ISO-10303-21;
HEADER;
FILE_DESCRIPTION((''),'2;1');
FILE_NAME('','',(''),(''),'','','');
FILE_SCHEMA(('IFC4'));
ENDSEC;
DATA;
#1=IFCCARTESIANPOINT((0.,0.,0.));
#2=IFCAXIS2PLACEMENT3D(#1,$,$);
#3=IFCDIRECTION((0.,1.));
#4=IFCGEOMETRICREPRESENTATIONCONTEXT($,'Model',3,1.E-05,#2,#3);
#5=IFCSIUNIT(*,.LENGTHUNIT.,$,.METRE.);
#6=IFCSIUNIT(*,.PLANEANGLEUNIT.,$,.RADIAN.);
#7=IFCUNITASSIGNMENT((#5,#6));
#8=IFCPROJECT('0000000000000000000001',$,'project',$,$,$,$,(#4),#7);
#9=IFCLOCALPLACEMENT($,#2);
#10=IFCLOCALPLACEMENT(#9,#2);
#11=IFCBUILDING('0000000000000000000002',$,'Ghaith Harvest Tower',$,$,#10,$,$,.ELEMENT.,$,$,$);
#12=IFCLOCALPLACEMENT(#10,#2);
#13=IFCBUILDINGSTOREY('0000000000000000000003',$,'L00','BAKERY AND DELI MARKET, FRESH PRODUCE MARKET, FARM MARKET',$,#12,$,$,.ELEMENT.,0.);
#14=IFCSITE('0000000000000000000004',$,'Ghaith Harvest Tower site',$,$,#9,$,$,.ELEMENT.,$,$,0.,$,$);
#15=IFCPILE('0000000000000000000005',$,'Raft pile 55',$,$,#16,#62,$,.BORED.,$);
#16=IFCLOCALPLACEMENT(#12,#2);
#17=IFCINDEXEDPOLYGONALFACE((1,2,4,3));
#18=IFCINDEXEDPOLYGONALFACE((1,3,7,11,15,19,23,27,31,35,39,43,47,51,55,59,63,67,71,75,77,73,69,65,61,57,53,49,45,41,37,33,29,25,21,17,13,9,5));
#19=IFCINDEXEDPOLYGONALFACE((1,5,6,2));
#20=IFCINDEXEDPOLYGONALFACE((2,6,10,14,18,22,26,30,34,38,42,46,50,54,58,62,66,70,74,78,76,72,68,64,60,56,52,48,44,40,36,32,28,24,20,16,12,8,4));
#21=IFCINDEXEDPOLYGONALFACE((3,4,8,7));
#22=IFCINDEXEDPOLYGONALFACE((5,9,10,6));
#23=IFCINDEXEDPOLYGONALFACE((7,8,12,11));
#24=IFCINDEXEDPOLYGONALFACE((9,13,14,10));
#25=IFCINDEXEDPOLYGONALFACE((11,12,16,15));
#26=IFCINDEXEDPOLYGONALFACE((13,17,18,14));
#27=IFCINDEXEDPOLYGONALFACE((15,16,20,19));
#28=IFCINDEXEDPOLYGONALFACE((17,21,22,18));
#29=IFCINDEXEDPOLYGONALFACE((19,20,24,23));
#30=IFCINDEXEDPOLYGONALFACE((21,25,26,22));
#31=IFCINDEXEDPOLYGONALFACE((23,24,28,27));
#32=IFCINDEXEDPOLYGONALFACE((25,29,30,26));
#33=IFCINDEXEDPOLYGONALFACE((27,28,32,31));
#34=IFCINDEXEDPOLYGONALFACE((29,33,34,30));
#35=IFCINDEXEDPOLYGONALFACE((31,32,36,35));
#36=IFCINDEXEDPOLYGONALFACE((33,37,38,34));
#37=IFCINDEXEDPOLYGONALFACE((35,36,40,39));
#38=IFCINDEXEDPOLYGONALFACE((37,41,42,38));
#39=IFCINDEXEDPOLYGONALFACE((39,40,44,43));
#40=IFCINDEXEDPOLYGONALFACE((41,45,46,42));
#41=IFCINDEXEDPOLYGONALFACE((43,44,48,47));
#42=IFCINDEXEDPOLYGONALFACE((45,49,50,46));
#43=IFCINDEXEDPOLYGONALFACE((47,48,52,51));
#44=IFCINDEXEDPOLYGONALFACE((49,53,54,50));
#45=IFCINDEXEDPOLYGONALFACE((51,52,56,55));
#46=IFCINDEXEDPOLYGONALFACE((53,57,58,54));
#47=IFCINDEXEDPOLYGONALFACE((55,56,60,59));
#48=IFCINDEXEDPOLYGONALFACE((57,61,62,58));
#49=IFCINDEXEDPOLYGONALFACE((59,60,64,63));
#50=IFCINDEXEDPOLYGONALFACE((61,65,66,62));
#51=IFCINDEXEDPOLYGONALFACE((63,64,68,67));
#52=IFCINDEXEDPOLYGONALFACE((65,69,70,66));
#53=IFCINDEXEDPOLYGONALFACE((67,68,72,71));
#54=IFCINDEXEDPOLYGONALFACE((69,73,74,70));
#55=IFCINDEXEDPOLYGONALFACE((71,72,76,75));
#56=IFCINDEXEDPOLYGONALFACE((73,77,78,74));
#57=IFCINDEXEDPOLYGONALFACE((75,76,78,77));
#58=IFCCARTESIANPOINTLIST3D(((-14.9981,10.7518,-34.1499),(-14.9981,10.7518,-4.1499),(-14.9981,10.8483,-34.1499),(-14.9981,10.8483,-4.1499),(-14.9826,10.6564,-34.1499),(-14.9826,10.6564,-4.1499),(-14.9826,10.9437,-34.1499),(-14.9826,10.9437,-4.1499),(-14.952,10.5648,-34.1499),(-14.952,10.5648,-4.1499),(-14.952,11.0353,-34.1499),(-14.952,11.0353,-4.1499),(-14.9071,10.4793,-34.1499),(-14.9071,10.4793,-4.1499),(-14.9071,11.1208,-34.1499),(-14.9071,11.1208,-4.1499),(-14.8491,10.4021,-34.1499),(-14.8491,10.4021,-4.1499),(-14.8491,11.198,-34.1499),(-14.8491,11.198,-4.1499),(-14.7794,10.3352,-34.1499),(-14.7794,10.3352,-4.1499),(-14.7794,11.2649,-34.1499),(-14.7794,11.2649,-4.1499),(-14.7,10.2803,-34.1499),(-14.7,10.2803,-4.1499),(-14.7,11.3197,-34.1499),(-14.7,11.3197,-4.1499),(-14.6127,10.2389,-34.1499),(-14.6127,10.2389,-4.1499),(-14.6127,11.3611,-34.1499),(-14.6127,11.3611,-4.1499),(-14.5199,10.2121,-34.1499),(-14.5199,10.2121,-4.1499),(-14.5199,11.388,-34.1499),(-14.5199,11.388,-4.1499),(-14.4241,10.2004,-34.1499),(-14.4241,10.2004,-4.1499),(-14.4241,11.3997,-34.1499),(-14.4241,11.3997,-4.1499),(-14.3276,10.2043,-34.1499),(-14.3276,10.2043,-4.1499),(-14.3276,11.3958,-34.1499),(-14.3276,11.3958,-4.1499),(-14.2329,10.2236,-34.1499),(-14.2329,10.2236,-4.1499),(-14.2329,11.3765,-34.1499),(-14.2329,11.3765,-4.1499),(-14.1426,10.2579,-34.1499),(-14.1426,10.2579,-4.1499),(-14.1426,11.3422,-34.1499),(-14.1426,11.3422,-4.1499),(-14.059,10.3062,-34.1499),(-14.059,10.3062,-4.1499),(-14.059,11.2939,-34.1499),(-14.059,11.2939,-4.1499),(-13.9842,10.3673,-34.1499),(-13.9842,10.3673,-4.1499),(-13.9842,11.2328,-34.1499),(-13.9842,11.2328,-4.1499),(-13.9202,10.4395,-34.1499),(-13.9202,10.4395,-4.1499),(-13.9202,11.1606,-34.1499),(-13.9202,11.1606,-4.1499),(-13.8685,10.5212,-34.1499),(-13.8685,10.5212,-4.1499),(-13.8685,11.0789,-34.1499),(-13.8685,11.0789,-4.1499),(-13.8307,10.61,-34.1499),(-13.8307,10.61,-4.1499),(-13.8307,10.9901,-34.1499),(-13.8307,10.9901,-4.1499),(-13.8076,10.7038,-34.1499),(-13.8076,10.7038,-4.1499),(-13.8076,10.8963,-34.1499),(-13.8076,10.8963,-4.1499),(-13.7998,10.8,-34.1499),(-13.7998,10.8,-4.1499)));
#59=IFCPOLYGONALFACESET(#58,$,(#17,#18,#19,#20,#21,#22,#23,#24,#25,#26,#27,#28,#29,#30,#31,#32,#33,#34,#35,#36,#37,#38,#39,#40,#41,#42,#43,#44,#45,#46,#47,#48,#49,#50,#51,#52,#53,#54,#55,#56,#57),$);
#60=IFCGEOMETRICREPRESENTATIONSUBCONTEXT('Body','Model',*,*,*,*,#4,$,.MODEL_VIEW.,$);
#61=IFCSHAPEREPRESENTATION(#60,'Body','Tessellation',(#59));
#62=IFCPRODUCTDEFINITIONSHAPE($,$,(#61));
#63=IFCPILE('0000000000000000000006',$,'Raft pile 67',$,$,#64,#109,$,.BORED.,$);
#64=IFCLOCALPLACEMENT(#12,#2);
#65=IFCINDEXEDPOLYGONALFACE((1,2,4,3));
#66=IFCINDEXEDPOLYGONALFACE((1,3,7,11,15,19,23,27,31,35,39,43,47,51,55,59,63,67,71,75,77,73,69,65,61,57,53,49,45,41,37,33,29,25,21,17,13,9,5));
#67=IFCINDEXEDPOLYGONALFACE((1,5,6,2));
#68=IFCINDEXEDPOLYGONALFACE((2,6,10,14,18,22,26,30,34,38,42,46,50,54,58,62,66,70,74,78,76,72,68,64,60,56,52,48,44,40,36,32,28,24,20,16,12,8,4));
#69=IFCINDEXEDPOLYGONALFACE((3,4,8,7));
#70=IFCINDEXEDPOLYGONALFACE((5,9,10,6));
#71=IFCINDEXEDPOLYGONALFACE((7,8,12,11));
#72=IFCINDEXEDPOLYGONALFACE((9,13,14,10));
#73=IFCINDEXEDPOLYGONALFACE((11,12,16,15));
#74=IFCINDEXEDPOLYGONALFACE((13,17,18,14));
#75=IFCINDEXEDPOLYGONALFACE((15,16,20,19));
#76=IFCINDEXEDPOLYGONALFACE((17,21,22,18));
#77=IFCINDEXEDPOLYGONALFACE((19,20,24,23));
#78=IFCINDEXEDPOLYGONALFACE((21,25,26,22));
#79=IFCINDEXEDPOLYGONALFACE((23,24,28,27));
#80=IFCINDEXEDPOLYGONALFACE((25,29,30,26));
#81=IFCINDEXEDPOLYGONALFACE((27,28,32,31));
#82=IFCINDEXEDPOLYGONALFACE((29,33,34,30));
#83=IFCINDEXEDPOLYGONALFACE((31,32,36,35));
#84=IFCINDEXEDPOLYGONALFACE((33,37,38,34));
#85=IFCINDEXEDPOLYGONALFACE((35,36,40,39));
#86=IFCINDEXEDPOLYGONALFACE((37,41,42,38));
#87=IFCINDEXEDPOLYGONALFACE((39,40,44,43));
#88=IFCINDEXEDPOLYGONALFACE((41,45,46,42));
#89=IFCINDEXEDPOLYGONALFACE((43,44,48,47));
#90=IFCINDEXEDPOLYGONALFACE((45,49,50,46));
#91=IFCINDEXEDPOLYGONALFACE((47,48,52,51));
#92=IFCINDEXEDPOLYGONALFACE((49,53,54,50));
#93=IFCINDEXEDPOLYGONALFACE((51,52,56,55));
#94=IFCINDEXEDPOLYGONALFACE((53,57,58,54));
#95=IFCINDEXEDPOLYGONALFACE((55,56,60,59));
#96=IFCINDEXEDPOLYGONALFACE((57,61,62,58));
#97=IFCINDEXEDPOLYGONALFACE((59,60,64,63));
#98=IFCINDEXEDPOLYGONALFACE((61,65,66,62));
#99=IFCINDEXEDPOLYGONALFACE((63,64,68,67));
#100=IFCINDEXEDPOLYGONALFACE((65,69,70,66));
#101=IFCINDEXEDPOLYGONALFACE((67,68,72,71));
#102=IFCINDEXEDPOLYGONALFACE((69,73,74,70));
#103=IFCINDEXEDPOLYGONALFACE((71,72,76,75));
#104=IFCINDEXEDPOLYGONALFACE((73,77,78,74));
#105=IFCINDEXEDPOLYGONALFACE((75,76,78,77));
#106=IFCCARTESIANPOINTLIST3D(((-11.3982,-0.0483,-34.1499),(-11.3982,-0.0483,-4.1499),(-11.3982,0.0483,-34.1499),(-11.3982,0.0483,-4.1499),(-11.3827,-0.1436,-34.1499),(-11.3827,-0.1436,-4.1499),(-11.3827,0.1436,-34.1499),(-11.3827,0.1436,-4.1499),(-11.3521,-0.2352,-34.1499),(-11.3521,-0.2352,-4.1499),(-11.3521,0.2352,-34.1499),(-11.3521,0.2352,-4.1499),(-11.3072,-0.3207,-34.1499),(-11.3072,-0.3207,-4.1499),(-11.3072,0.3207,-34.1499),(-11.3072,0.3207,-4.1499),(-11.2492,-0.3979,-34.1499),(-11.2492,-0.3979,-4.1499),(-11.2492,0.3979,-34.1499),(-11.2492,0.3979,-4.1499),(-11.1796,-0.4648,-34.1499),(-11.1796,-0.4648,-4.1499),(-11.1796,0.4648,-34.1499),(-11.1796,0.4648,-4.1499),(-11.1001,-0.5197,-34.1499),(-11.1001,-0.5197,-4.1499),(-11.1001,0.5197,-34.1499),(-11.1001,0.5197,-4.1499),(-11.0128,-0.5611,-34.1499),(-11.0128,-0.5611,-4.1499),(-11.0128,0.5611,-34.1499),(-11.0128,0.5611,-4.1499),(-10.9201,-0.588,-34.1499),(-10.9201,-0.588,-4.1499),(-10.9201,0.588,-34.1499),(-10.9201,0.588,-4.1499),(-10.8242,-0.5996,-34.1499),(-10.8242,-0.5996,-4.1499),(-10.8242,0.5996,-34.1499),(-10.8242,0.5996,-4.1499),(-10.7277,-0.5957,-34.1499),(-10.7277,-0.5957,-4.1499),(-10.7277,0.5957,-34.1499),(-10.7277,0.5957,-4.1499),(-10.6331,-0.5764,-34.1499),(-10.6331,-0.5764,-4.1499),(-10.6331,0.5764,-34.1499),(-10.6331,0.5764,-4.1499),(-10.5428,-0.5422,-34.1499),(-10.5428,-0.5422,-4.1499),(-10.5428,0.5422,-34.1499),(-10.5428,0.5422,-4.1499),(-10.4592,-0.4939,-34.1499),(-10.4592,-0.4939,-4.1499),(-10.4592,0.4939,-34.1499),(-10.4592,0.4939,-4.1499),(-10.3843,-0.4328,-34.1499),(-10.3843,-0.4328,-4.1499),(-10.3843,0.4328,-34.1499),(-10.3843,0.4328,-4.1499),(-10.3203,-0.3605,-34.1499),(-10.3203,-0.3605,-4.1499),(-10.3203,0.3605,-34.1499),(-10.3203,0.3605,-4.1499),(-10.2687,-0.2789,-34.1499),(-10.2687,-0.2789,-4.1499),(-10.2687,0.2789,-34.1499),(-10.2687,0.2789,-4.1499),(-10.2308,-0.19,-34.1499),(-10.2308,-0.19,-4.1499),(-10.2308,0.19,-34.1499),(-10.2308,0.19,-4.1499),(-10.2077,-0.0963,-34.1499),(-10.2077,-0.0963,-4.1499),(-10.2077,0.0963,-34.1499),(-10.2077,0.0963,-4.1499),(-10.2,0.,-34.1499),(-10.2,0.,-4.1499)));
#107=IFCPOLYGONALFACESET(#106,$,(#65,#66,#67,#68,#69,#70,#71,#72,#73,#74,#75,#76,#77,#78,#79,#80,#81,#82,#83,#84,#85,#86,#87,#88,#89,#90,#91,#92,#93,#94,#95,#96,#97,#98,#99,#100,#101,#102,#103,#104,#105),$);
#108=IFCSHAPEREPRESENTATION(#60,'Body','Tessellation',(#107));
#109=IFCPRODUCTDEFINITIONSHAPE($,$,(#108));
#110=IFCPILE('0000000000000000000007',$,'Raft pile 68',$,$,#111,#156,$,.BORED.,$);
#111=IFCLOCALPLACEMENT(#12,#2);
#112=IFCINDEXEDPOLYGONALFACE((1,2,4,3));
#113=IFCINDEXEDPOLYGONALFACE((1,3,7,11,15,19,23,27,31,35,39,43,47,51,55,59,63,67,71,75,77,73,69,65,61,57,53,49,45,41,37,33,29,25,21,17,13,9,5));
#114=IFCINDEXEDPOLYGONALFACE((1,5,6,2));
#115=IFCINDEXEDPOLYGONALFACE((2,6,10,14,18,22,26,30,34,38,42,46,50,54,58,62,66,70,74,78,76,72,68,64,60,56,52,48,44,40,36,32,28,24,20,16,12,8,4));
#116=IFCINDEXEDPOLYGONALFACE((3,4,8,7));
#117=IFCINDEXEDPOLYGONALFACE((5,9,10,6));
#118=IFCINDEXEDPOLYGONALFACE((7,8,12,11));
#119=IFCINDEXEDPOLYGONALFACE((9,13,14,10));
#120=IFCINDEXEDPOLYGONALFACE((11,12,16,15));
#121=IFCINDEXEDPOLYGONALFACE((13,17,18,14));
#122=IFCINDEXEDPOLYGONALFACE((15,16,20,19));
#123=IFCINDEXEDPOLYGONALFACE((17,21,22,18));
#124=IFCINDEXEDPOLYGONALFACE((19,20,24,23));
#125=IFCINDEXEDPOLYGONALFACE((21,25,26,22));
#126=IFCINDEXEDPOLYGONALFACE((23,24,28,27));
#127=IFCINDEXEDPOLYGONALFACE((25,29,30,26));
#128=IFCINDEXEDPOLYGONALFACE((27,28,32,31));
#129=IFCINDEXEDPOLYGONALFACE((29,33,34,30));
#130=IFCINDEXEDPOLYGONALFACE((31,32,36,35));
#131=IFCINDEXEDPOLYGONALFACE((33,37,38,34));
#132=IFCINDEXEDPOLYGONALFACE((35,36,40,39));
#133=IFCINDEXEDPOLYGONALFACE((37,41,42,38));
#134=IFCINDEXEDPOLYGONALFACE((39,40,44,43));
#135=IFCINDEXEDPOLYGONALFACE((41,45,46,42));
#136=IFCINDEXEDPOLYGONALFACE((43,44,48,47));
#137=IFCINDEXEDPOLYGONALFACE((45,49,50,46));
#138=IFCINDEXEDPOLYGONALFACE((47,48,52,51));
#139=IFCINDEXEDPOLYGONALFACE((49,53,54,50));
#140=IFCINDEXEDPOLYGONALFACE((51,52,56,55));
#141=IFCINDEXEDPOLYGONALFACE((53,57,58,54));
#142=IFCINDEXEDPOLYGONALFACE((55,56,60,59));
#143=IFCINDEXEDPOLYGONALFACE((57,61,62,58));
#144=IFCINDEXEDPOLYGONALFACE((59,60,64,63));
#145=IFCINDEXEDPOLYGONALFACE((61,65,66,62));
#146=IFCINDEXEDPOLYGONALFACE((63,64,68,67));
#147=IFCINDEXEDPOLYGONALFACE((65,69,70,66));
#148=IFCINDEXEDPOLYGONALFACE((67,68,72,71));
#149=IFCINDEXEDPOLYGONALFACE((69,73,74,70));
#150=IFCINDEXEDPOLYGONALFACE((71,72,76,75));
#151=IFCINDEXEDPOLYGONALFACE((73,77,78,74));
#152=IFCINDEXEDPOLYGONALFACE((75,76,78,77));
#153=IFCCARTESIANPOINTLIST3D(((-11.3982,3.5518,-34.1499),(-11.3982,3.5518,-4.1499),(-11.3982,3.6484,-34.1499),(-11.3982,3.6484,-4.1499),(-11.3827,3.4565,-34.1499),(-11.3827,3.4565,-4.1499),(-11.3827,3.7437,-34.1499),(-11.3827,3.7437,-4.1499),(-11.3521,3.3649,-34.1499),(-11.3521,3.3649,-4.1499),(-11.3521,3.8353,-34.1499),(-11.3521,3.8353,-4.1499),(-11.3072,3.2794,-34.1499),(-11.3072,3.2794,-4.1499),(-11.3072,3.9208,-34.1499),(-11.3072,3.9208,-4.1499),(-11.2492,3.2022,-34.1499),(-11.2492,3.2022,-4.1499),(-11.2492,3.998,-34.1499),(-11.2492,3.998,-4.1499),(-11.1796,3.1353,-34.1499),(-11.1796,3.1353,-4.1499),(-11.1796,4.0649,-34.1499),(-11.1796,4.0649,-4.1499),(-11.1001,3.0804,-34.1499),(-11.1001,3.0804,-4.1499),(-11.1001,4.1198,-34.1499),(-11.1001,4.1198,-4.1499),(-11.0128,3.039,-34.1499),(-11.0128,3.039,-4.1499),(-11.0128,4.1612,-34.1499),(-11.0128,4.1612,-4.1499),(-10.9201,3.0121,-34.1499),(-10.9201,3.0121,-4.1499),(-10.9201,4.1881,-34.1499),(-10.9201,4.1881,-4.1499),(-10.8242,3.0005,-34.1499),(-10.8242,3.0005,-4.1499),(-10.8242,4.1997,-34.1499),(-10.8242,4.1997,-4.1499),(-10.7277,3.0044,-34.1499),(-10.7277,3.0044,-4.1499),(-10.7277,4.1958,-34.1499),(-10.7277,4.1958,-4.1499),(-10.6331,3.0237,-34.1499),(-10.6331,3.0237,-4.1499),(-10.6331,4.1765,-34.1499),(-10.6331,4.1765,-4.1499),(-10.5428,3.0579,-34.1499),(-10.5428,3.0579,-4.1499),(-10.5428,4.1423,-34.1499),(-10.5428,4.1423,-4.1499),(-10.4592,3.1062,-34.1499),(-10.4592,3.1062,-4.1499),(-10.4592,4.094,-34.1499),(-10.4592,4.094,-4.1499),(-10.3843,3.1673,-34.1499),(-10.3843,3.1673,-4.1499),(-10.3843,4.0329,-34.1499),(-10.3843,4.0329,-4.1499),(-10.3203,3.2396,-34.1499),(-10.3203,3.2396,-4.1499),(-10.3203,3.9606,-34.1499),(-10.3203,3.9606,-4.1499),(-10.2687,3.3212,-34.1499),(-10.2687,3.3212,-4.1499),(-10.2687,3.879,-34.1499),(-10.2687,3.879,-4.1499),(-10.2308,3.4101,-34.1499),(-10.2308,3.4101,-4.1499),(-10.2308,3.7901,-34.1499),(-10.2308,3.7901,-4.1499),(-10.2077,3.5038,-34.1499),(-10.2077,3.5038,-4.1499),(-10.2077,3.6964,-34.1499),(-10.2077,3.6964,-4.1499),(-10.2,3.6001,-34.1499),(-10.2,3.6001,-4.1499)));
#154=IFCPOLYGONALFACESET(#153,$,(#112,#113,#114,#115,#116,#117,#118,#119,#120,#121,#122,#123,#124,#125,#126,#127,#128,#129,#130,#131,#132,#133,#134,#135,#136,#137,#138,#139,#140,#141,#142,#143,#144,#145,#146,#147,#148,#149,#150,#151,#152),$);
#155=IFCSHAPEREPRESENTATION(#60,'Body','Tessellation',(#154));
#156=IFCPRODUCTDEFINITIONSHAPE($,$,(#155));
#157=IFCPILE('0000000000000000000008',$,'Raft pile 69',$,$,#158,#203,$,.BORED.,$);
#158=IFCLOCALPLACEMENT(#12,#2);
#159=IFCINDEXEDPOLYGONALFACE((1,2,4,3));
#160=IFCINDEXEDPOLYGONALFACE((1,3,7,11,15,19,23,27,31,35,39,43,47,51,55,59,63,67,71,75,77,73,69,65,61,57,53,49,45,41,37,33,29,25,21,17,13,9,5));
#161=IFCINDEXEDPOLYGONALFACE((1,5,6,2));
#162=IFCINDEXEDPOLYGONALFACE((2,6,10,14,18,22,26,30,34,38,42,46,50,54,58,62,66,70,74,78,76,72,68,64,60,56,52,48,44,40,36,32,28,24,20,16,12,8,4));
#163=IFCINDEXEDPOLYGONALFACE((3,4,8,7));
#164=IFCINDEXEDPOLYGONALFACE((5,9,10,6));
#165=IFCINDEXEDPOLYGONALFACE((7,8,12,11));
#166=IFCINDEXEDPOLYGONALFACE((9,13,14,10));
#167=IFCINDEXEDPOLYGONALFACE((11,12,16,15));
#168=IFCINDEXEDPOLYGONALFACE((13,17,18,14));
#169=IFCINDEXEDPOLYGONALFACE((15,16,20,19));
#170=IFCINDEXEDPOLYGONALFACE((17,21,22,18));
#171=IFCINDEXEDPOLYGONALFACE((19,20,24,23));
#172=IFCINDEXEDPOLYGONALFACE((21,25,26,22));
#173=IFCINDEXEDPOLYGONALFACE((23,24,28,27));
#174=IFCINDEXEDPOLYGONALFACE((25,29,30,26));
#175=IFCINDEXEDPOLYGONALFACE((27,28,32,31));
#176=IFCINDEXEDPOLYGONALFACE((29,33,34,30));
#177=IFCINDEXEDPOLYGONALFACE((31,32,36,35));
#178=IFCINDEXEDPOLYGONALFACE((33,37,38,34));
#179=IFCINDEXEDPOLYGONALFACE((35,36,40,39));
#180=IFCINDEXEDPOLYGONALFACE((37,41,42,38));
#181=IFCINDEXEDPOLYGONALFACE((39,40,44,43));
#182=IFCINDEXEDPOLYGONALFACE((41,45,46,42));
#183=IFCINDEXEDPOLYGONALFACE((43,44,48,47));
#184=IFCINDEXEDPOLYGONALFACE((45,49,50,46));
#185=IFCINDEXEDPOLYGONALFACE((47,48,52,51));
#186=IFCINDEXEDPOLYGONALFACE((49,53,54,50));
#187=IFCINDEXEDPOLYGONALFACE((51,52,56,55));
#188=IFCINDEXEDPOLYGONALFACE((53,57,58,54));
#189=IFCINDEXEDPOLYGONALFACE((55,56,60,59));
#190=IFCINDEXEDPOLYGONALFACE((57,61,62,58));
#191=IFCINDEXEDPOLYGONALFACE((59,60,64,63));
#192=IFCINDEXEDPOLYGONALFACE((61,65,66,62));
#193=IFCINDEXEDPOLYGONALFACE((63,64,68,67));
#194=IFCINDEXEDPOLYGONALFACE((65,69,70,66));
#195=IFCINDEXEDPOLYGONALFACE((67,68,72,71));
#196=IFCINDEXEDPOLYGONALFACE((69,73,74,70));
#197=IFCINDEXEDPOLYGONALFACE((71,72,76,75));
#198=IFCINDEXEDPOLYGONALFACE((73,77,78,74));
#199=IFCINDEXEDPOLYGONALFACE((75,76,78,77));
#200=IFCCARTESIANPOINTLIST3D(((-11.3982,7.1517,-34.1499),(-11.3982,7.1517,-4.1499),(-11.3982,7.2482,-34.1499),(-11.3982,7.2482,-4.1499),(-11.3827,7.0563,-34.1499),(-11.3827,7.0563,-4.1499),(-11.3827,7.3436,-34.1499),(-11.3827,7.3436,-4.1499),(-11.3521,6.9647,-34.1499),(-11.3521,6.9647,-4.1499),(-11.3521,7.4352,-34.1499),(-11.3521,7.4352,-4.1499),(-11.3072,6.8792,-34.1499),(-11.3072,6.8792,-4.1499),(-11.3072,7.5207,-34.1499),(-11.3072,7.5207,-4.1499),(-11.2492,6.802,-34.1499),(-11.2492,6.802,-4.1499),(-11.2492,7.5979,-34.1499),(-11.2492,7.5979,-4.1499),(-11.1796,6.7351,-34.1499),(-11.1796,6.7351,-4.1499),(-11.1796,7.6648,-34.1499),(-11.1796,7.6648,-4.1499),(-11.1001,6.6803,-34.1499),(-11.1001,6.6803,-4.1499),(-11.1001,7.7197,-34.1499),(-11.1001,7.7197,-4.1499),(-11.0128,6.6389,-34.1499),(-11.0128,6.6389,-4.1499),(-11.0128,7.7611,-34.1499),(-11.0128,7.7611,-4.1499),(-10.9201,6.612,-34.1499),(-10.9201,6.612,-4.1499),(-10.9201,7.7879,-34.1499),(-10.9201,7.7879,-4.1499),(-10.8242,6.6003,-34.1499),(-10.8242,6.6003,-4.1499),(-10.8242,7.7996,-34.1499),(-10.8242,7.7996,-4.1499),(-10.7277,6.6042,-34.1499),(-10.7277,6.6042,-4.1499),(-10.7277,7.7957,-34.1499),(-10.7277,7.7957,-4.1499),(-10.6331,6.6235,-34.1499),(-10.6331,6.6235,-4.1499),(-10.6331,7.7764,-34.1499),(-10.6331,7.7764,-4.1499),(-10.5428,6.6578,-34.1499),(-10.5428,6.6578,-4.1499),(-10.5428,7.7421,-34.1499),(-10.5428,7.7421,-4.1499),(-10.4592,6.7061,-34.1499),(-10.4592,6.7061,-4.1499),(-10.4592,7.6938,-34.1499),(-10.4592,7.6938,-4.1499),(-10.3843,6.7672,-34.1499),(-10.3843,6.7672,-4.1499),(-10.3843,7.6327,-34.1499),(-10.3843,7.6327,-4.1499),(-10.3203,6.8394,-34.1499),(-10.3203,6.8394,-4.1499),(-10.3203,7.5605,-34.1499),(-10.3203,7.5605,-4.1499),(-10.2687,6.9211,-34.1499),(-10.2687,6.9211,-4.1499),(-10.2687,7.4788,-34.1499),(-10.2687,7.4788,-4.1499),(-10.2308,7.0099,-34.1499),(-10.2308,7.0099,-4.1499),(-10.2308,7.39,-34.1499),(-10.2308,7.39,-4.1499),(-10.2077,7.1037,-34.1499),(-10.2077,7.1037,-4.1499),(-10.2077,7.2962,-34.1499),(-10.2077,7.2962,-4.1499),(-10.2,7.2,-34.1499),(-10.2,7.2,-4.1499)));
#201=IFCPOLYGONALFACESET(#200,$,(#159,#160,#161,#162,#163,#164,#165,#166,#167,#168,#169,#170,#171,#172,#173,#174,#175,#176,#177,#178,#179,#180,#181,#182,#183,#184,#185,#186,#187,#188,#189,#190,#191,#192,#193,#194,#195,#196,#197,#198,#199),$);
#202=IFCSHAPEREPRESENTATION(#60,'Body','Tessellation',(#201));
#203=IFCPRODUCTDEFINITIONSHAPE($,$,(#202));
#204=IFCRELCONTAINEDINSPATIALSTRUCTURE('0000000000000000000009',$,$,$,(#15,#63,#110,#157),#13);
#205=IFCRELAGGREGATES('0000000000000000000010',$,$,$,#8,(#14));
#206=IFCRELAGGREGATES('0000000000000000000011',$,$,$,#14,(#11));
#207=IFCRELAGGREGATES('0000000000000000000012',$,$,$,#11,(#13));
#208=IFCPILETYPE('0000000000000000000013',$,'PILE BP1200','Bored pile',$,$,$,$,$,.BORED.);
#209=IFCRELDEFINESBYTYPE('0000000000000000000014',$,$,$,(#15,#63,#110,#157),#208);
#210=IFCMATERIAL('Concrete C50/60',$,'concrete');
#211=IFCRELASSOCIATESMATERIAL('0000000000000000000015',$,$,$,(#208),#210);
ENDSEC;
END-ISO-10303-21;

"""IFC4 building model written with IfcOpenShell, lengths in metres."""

from ifc_helpers import new_model, si_unit, direction, frame, origin, origin_2d, place, context, subcontext, project, spatial, circle, extrude, material, material_profile, profile_set, type_object, element, save


model = new_model("IFC4")

# Units and contexts
model_context = context("Model", 3, precision=1e-05, world=origin(), true_north=direction((0.0, 1.0)))
body_context = subcontext(model_context, "Body", "Model", "MODEL_VIEW")
ifc_project = project(units=[si_unit("LENGTHUNIT", "METRE"), si_unit("PLANEANGLEUNIT", "RADIAN")], contexts=[model_context])

# Site, building, storey
site_placement = place(None, origin())
site = spatial("IfcSite", under=ifc_project, at=site_placement, Name="Ghaith Harvest Tower site", CompositionType="ELEMENT", RefElevation=0.0)
building_placement = place(site_placement, origin())
building = spatial("IfcBuilding", under=site, at=building_placement, Name="Ghaith Harvest Tower", CompositionType="ELEMENT")
storey_placement = place(building_placement, origin())
storey = spatial("IfcBuildingStorey", under=building, at=storey_placement, Name="L00", Description="BAKERY AND DELI MARKET, FRESH PRODUCE MARKET, FARM MARKET", CompositionType="ELEMENT", Elevation=0.0)

# Piles
ifc_material_1 = material(Name="Concrete C50/60", Category="concrete")
ifc_material_profile = material_profile(ifc_material_1, circle(Radius=0.6001, at=origin_2d()), Name="PILE1200")
ifc_profile_set = profile_set([ifc_material_profile], Name="Concrete C50/60")
pile_type = type_object("IfcPileType", Name="PILE BP1200", Description="Bored pile", PredefinedType="BORED", material=ifc_profile_set)
for number, where, z_axis, x_axis, name in (
    (1, (-14.3999, 10.8, -4.1499), (0.0, 0.0, -1.0), (1.0, 0.0, 0.0), "Raft pile 55"),
    (2, (-10.8, 0.0, -4.1499), (0.0, 0.0, -1.0), (1.0, 0.0, 0.0), "Raft pile 67"),
    (3, (-10.8, 3.6001, -4.1499), (0.0, 0.0, -1.0), (1.0, 0.0, 0.0), "Raft pile 68"),
    (4, (-10.8, 7.2, -4.1499), (0.0, 0.0, -1.0), (1.0, 0.0, 0.0), "Raft pile 69"),
):
    element("IfcPile", number, at=place(storey_placement, frame(where, z_axis=z_axis, x_axis=x_axis)), inside=storey, type_object=pile_type, Name=name, PredefinedType="BORED", context=body_context, shape_type="SweptSolid", body=[
        extrude(circle(Radius=0.6001, at=origin_2d()), origin(), (0.0, 0.0, 1.0), 30.0),
    ])

save(model, "model.ifc")
